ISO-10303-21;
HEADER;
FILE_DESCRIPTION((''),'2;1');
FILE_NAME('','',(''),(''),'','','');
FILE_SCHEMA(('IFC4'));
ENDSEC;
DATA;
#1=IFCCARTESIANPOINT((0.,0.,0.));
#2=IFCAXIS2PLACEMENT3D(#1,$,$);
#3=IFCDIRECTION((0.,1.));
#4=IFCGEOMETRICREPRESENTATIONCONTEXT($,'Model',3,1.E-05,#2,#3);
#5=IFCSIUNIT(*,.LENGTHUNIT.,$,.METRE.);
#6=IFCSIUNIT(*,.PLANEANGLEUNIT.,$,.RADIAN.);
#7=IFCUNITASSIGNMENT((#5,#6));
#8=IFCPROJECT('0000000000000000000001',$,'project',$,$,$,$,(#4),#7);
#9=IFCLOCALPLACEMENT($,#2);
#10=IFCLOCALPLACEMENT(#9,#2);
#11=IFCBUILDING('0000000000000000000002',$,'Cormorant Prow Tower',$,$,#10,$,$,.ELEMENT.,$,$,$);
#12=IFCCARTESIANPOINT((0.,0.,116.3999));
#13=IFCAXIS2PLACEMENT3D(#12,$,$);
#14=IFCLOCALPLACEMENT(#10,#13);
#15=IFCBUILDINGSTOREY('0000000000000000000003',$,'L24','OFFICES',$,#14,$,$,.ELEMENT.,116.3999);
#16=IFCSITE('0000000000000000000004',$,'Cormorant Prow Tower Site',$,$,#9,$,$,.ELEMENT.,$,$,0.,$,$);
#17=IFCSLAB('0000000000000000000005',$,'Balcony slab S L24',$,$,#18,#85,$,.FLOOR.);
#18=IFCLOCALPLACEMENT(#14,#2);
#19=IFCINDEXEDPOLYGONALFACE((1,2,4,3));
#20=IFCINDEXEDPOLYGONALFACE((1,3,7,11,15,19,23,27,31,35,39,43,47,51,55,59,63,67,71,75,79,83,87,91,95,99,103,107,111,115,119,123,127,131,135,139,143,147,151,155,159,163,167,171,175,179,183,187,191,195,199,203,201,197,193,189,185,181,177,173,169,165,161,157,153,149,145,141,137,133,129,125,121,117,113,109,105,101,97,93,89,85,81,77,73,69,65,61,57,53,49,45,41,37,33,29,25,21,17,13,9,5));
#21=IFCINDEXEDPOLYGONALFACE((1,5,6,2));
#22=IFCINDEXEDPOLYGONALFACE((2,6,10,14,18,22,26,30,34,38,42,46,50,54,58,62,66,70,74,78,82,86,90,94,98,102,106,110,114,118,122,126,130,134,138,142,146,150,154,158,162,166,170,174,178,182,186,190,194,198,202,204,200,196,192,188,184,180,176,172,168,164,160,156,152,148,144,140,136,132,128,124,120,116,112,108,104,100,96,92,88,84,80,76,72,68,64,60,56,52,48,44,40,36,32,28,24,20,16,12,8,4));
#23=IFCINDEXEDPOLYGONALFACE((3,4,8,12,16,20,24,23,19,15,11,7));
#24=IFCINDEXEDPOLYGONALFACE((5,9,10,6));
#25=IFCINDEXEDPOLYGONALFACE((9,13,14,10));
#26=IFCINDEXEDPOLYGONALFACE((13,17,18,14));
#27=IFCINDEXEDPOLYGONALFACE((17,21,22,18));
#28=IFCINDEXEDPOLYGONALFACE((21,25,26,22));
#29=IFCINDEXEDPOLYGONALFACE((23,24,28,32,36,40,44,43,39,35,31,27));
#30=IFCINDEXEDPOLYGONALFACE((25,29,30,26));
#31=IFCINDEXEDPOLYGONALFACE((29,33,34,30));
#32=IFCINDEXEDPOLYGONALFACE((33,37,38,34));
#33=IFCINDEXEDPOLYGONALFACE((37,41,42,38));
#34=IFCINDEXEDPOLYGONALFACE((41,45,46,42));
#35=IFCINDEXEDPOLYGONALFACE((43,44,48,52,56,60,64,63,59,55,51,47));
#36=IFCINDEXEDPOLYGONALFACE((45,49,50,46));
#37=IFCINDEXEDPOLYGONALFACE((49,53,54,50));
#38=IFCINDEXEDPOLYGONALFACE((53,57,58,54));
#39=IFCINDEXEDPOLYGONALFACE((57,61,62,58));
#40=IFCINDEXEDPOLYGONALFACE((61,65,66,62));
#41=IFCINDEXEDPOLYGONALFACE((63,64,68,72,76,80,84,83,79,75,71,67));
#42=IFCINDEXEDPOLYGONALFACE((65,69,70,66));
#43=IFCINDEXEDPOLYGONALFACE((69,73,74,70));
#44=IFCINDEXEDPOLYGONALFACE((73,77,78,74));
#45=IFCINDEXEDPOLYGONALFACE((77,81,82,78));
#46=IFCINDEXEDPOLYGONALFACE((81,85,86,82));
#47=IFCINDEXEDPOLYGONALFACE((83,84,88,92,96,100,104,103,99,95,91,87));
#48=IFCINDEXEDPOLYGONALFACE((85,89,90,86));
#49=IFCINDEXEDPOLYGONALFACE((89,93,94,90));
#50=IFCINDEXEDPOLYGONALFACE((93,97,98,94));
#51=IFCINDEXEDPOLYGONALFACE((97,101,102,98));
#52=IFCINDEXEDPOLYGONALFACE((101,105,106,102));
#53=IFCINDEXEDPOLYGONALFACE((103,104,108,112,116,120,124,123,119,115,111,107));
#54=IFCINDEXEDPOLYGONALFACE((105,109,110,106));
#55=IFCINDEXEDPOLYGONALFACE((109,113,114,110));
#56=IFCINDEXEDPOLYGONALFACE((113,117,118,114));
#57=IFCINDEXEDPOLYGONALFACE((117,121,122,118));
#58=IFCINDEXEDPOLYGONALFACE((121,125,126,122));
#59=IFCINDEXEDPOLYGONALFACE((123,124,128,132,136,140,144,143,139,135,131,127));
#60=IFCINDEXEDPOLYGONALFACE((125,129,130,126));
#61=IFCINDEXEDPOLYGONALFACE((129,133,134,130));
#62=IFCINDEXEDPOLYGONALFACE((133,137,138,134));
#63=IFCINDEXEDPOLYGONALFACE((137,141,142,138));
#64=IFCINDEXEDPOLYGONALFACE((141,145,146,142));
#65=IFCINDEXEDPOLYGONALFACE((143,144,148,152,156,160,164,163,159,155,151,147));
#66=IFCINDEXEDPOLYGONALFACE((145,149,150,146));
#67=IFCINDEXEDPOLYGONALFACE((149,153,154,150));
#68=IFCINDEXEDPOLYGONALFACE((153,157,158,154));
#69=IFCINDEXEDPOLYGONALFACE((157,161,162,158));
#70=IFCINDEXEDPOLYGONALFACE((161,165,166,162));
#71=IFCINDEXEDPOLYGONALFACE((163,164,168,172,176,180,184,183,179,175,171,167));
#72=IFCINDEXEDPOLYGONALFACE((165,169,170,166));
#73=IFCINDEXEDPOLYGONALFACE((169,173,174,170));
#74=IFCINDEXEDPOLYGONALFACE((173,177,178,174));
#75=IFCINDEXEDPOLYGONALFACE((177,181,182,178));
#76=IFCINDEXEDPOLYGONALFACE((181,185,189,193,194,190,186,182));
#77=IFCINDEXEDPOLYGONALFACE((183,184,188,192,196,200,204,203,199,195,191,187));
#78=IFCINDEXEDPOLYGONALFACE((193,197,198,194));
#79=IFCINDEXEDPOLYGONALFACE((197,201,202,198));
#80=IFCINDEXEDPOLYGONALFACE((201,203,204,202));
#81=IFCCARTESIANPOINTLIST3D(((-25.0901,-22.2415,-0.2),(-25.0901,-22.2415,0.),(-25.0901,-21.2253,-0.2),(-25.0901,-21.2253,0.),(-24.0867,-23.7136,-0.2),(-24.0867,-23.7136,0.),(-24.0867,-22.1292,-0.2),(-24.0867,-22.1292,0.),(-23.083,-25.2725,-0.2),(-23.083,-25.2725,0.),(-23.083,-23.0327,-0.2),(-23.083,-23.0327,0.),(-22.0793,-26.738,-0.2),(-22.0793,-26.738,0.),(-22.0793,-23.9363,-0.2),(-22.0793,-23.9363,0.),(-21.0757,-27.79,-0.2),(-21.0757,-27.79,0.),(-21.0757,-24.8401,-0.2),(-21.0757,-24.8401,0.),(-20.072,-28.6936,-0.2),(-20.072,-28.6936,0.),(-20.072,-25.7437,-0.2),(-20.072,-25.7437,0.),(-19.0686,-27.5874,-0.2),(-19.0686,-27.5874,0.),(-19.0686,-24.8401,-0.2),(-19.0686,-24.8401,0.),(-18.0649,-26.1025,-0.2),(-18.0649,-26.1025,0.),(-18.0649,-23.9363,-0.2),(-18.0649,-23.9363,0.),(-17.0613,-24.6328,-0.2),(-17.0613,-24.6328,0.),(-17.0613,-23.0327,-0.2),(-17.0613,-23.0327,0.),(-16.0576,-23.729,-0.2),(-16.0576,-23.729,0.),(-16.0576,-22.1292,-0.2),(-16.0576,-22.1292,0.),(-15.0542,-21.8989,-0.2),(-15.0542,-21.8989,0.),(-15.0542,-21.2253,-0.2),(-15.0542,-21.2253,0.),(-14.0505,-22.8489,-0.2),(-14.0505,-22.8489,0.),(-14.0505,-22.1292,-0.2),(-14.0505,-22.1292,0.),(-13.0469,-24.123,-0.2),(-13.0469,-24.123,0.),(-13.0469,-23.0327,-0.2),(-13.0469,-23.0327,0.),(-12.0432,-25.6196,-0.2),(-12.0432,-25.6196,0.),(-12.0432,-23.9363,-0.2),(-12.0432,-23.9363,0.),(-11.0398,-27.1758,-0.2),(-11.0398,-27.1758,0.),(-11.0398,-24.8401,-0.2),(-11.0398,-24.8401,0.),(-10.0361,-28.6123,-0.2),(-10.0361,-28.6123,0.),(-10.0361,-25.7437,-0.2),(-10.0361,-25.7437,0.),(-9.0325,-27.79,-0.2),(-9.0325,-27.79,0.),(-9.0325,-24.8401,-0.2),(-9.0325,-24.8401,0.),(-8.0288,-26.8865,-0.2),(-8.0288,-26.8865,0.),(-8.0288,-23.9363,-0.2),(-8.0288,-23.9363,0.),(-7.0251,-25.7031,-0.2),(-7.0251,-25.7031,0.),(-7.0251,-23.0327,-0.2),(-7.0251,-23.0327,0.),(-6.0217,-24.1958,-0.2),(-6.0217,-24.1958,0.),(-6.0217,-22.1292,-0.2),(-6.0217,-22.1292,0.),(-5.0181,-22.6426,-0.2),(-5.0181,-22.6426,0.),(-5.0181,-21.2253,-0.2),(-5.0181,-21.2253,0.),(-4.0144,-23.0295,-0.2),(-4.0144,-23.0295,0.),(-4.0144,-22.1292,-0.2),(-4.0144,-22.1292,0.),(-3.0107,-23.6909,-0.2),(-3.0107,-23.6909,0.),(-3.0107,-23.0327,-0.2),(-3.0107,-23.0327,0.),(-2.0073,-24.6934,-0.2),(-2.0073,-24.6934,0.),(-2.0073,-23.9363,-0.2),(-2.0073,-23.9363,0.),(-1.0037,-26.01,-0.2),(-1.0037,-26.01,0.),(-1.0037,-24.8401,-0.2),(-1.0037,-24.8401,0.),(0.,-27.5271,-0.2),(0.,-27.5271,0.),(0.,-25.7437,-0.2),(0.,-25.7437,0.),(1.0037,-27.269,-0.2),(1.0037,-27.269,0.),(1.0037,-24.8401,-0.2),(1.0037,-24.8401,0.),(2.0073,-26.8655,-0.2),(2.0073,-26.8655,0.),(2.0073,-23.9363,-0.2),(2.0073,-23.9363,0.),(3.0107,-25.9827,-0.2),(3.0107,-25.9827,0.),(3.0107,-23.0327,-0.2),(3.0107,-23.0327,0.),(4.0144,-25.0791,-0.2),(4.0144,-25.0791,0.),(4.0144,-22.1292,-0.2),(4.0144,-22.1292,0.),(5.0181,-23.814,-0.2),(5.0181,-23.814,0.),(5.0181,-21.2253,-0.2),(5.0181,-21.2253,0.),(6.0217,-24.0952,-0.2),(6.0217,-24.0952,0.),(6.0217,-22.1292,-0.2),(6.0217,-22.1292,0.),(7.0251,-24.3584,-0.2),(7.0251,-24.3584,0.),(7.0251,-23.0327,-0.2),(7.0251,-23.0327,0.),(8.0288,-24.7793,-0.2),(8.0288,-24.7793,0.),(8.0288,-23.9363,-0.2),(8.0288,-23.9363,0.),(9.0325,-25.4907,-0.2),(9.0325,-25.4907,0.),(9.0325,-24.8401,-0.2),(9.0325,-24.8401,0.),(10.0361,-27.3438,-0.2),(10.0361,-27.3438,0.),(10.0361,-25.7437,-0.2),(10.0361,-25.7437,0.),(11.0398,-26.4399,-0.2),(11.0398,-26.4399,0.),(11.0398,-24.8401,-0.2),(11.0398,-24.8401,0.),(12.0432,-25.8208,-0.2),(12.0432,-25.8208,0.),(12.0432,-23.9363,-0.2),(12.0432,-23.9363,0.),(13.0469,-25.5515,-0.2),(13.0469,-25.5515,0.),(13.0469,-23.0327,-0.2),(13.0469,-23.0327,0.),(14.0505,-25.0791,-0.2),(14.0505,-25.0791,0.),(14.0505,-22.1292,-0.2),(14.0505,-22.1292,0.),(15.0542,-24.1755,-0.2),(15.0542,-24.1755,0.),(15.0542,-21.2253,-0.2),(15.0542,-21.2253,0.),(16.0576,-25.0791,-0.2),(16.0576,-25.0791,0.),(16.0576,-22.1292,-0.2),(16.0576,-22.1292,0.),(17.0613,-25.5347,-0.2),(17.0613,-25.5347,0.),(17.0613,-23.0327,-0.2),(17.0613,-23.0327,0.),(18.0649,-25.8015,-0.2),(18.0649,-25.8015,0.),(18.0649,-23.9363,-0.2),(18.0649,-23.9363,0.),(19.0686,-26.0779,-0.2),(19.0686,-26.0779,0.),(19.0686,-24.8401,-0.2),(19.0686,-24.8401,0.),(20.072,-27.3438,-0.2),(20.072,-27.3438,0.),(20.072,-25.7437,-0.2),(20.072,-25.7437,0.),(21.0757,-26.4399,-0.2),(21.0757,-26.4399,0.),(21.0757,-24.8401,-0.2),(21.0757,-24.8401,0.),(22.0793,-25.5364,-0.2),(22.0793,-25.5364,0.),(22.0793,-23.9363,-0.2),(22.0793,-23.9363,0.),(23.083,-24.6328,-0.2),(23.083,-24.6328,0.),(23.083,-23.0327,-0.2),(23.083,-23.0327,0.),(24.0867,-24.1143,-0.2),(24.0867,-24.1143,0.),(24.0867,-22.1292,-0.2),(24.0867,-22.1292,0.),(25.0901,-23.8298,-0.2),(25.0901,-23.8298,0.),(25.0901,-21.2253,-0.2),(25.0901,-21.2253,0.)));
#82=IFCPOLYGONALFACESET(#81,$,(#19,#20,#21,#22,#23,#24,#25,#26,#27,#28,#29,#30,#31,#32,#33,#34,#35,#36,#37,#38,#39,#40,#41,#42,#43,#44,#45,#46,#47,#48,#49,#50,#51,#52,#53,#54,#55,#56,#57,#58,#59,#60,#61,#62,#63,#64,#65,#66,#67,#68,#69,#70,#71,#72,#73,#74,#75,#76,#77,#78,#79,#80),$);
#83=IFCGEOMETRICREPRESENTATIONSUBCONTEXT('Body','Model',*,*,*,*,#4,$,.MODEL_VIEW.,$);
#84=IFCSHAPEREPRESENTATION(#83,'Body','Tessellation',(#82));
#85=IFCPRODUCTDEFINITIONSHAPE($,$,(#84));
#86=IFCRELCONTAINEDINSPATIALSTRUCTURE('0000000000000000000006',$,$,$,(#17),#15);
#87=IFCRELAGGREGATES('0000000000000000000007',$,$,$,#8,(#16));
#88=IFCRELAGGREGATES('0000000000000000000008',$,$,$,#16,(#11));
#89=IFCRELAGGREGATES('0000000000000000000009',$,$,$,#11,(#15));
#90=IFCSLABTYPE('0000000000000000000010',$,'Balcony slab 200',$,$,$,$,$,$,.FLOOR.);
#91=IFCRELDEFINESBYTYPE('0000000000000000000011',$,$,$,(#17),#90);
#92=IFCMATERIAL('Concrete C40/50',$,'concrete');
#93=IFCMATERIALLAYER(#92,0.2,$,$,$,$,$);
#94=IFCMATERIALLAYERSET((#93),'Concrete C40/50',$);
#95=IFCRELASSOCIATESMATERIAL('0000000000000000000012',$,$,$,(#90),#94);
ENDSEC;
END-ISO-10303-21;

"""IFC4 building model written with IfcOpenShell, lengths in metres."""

from ifc_helpers import new_model, si_unit, direction, frame, origin, place, context, subcontext, project, spatial, polyline, outline, extrude, material, layer, layer_set, type_object, element, save


model = new_model("IFC4")

# Units and contexts
model_context = context("Model", 3, precision=1e-05, world=origin(), true_north=direction((0.0, 1.0)))
body_context = subcontext(model_context, "Body", "Model", "MODEL_VIEW")
ifc_project = project(units=[si_unit("LENGTHUNIT", "METRE"), si_unit("PLANEANGLEUNIT", "RADIAN")], contexts=[model_context])

# Site, building, storey
site_placement = place(None, origin())
site = spatial("IfcSite", under=ifc_project, at=site_placement, Name="Cormorant Prow Tower Site", CompositionType="ELEMENT", RefElevation=0.0)
building_placement = place(site_placement, origin())
building = spatial("IfcBuilding", under=site, at=building_placement, Name="Cormorant Prow Tower", CompositionType="ELEMENT")
storey_placement = place(building_placement, frame((0.0, 0.0, 116.3999)))
storey = spatial("IfcBuildingStorey", under=building, at=storey_placement, Name="L24", Description="OFFICES", CompositionType="ELEMENT", Elevation=116.3999)

# Slab
ifc_material_1 = material(Name="Concrete C40/50", Category="concrete")
ifc_layer_1 = layer(ifc_material_1, 0.2)
ifc_layer_set_1 = layer_set([ifc_layer_1], Name="Concrete C40/50")
slab_type_1 = type_object("IfcSlabType", Name="Balcony slab 200", PredefinedType="FLOOR", material=ifc_layer_set_1)
slab_1_placement = place(storey_placement, frame((0.0, 0.0, -0.2)))
element("IfcSlab", 1, at=slab_1_placement, inside=storey, type_object=slab_type_1, Name="Balcony slab S L24", PredefinedType="FLOOR", context=body_context, shape_type="SweptSolid", body=[
    extrude(outline(polyline([(-25.0901, -21.2253), (-25.0901, -22.2415), (-24.0867, -23.7136), (-23.083, -25.2725), (-22.0793, -26.738), (-21.0757, -27.79), (-20.072, -28.6936), (-19.0686, -27.5874), (-18.0649, -26.1025), (-17.0613, -24.6328), (-16.0576, -23.729), (-15.0542, -21.8989), (-14.0505, -22.8489), (-13.0469, -24.123), (-12.0432, -25.6196), (-11.0398, -27.1758), (-10.0361, -28.6123), (-9.0325, -27.79), (-8.0288, -26.8865), (-7.0251, -25.7031), (-6.0217, -24.1958), (-5.0181, -22.6426), (-4.0144, -23.0295), (-3.0107, -23.6909), (-2.0073, -24.6934), (-1.0037, -26.01), (0.0, -27.5271), (1.0037, -27.269), (2.0073, -26.8655), (3.0107, -25.9827), (4.0144, -25.0791), (5.0181, -23.814), (6.0217, -24.0952), (7.0251, -24.3584), (8.0288, -24.7793), (9.0325, -25.4907), (10.0361, -27.3438), (11.0398, -26.4399), (12.0432, -25.8208), (13.0469, -25.5515), (14.0505, -25.0791), (15.0542, -24.1755), (16.0576, -25.0791), (17.0613, -25.5347), (18.0649, -25.8015), (19.0686, -26.0779), (20.072, -27.3438), (21.0757, -26.4399), (22.0793, -25.5364), (23.083, -24.6328), (24.0867, -24.1143), (25.0901, -23.8298), (25.0901, -21.2253), (24.0867, -22.1292), (23.083, -23.0327), (22.0793, -23.9363), (21.0757, -24.8401), (20.072, -25.7437), (19.0686, -24.8401), (18.0649, -23.9363), (17.0613, -23.0327), (16.0576, -22.1292), (15.0542, -21.2253), (14.0505, -22.1292), (13.0469, -23.0327), (12.0432, -23.9363), (11.0398, -24.8401), (10.0361, -25.7437), (9.0325, -24.8401), (8.0288, -23.9363), (7.0251, -23.0327), (6.0217, -22.1292), (5.0181, -21.2253), (4.0144, -22.1292), (3.0107, -23.0327), (2.0073, -23.9363), (1.0037, -24.8401), (0.0, -25.7437), (-1.0037, -24.8401), (-2.0073, -23.9363), (-3.0107, -23.0327), (-4.0144, -22.1292), (-5.0181, -21.2253), (-6.0217, -22.1292), (-7.0251, -23.0327), (-8.0288, -23.9363), (-9.0325, -24.8401), (-10.0361, -25.7437), (-11.0398, -24.8401), (-12.0432, -23.9363), (-13.0469, -23.0327), (-14.0505, -22.1292), (-15.0542, -21.2253), (-16.0576, -22.1292), (-17.0613, -23.0327), (-18.0649, -23.9363), (-19.0686, -24.8401), (-20.072, -25.7437), (-21.0757, -24.8401), (-22.0793, -23.9363), (-23.083, -23.0327), (-24.0867, -22.1292), (-25.0901, -21.2253)])), origin(), (0.0, 0.0, 1.0), 0.2),
])

save(model, "model.ifc")
